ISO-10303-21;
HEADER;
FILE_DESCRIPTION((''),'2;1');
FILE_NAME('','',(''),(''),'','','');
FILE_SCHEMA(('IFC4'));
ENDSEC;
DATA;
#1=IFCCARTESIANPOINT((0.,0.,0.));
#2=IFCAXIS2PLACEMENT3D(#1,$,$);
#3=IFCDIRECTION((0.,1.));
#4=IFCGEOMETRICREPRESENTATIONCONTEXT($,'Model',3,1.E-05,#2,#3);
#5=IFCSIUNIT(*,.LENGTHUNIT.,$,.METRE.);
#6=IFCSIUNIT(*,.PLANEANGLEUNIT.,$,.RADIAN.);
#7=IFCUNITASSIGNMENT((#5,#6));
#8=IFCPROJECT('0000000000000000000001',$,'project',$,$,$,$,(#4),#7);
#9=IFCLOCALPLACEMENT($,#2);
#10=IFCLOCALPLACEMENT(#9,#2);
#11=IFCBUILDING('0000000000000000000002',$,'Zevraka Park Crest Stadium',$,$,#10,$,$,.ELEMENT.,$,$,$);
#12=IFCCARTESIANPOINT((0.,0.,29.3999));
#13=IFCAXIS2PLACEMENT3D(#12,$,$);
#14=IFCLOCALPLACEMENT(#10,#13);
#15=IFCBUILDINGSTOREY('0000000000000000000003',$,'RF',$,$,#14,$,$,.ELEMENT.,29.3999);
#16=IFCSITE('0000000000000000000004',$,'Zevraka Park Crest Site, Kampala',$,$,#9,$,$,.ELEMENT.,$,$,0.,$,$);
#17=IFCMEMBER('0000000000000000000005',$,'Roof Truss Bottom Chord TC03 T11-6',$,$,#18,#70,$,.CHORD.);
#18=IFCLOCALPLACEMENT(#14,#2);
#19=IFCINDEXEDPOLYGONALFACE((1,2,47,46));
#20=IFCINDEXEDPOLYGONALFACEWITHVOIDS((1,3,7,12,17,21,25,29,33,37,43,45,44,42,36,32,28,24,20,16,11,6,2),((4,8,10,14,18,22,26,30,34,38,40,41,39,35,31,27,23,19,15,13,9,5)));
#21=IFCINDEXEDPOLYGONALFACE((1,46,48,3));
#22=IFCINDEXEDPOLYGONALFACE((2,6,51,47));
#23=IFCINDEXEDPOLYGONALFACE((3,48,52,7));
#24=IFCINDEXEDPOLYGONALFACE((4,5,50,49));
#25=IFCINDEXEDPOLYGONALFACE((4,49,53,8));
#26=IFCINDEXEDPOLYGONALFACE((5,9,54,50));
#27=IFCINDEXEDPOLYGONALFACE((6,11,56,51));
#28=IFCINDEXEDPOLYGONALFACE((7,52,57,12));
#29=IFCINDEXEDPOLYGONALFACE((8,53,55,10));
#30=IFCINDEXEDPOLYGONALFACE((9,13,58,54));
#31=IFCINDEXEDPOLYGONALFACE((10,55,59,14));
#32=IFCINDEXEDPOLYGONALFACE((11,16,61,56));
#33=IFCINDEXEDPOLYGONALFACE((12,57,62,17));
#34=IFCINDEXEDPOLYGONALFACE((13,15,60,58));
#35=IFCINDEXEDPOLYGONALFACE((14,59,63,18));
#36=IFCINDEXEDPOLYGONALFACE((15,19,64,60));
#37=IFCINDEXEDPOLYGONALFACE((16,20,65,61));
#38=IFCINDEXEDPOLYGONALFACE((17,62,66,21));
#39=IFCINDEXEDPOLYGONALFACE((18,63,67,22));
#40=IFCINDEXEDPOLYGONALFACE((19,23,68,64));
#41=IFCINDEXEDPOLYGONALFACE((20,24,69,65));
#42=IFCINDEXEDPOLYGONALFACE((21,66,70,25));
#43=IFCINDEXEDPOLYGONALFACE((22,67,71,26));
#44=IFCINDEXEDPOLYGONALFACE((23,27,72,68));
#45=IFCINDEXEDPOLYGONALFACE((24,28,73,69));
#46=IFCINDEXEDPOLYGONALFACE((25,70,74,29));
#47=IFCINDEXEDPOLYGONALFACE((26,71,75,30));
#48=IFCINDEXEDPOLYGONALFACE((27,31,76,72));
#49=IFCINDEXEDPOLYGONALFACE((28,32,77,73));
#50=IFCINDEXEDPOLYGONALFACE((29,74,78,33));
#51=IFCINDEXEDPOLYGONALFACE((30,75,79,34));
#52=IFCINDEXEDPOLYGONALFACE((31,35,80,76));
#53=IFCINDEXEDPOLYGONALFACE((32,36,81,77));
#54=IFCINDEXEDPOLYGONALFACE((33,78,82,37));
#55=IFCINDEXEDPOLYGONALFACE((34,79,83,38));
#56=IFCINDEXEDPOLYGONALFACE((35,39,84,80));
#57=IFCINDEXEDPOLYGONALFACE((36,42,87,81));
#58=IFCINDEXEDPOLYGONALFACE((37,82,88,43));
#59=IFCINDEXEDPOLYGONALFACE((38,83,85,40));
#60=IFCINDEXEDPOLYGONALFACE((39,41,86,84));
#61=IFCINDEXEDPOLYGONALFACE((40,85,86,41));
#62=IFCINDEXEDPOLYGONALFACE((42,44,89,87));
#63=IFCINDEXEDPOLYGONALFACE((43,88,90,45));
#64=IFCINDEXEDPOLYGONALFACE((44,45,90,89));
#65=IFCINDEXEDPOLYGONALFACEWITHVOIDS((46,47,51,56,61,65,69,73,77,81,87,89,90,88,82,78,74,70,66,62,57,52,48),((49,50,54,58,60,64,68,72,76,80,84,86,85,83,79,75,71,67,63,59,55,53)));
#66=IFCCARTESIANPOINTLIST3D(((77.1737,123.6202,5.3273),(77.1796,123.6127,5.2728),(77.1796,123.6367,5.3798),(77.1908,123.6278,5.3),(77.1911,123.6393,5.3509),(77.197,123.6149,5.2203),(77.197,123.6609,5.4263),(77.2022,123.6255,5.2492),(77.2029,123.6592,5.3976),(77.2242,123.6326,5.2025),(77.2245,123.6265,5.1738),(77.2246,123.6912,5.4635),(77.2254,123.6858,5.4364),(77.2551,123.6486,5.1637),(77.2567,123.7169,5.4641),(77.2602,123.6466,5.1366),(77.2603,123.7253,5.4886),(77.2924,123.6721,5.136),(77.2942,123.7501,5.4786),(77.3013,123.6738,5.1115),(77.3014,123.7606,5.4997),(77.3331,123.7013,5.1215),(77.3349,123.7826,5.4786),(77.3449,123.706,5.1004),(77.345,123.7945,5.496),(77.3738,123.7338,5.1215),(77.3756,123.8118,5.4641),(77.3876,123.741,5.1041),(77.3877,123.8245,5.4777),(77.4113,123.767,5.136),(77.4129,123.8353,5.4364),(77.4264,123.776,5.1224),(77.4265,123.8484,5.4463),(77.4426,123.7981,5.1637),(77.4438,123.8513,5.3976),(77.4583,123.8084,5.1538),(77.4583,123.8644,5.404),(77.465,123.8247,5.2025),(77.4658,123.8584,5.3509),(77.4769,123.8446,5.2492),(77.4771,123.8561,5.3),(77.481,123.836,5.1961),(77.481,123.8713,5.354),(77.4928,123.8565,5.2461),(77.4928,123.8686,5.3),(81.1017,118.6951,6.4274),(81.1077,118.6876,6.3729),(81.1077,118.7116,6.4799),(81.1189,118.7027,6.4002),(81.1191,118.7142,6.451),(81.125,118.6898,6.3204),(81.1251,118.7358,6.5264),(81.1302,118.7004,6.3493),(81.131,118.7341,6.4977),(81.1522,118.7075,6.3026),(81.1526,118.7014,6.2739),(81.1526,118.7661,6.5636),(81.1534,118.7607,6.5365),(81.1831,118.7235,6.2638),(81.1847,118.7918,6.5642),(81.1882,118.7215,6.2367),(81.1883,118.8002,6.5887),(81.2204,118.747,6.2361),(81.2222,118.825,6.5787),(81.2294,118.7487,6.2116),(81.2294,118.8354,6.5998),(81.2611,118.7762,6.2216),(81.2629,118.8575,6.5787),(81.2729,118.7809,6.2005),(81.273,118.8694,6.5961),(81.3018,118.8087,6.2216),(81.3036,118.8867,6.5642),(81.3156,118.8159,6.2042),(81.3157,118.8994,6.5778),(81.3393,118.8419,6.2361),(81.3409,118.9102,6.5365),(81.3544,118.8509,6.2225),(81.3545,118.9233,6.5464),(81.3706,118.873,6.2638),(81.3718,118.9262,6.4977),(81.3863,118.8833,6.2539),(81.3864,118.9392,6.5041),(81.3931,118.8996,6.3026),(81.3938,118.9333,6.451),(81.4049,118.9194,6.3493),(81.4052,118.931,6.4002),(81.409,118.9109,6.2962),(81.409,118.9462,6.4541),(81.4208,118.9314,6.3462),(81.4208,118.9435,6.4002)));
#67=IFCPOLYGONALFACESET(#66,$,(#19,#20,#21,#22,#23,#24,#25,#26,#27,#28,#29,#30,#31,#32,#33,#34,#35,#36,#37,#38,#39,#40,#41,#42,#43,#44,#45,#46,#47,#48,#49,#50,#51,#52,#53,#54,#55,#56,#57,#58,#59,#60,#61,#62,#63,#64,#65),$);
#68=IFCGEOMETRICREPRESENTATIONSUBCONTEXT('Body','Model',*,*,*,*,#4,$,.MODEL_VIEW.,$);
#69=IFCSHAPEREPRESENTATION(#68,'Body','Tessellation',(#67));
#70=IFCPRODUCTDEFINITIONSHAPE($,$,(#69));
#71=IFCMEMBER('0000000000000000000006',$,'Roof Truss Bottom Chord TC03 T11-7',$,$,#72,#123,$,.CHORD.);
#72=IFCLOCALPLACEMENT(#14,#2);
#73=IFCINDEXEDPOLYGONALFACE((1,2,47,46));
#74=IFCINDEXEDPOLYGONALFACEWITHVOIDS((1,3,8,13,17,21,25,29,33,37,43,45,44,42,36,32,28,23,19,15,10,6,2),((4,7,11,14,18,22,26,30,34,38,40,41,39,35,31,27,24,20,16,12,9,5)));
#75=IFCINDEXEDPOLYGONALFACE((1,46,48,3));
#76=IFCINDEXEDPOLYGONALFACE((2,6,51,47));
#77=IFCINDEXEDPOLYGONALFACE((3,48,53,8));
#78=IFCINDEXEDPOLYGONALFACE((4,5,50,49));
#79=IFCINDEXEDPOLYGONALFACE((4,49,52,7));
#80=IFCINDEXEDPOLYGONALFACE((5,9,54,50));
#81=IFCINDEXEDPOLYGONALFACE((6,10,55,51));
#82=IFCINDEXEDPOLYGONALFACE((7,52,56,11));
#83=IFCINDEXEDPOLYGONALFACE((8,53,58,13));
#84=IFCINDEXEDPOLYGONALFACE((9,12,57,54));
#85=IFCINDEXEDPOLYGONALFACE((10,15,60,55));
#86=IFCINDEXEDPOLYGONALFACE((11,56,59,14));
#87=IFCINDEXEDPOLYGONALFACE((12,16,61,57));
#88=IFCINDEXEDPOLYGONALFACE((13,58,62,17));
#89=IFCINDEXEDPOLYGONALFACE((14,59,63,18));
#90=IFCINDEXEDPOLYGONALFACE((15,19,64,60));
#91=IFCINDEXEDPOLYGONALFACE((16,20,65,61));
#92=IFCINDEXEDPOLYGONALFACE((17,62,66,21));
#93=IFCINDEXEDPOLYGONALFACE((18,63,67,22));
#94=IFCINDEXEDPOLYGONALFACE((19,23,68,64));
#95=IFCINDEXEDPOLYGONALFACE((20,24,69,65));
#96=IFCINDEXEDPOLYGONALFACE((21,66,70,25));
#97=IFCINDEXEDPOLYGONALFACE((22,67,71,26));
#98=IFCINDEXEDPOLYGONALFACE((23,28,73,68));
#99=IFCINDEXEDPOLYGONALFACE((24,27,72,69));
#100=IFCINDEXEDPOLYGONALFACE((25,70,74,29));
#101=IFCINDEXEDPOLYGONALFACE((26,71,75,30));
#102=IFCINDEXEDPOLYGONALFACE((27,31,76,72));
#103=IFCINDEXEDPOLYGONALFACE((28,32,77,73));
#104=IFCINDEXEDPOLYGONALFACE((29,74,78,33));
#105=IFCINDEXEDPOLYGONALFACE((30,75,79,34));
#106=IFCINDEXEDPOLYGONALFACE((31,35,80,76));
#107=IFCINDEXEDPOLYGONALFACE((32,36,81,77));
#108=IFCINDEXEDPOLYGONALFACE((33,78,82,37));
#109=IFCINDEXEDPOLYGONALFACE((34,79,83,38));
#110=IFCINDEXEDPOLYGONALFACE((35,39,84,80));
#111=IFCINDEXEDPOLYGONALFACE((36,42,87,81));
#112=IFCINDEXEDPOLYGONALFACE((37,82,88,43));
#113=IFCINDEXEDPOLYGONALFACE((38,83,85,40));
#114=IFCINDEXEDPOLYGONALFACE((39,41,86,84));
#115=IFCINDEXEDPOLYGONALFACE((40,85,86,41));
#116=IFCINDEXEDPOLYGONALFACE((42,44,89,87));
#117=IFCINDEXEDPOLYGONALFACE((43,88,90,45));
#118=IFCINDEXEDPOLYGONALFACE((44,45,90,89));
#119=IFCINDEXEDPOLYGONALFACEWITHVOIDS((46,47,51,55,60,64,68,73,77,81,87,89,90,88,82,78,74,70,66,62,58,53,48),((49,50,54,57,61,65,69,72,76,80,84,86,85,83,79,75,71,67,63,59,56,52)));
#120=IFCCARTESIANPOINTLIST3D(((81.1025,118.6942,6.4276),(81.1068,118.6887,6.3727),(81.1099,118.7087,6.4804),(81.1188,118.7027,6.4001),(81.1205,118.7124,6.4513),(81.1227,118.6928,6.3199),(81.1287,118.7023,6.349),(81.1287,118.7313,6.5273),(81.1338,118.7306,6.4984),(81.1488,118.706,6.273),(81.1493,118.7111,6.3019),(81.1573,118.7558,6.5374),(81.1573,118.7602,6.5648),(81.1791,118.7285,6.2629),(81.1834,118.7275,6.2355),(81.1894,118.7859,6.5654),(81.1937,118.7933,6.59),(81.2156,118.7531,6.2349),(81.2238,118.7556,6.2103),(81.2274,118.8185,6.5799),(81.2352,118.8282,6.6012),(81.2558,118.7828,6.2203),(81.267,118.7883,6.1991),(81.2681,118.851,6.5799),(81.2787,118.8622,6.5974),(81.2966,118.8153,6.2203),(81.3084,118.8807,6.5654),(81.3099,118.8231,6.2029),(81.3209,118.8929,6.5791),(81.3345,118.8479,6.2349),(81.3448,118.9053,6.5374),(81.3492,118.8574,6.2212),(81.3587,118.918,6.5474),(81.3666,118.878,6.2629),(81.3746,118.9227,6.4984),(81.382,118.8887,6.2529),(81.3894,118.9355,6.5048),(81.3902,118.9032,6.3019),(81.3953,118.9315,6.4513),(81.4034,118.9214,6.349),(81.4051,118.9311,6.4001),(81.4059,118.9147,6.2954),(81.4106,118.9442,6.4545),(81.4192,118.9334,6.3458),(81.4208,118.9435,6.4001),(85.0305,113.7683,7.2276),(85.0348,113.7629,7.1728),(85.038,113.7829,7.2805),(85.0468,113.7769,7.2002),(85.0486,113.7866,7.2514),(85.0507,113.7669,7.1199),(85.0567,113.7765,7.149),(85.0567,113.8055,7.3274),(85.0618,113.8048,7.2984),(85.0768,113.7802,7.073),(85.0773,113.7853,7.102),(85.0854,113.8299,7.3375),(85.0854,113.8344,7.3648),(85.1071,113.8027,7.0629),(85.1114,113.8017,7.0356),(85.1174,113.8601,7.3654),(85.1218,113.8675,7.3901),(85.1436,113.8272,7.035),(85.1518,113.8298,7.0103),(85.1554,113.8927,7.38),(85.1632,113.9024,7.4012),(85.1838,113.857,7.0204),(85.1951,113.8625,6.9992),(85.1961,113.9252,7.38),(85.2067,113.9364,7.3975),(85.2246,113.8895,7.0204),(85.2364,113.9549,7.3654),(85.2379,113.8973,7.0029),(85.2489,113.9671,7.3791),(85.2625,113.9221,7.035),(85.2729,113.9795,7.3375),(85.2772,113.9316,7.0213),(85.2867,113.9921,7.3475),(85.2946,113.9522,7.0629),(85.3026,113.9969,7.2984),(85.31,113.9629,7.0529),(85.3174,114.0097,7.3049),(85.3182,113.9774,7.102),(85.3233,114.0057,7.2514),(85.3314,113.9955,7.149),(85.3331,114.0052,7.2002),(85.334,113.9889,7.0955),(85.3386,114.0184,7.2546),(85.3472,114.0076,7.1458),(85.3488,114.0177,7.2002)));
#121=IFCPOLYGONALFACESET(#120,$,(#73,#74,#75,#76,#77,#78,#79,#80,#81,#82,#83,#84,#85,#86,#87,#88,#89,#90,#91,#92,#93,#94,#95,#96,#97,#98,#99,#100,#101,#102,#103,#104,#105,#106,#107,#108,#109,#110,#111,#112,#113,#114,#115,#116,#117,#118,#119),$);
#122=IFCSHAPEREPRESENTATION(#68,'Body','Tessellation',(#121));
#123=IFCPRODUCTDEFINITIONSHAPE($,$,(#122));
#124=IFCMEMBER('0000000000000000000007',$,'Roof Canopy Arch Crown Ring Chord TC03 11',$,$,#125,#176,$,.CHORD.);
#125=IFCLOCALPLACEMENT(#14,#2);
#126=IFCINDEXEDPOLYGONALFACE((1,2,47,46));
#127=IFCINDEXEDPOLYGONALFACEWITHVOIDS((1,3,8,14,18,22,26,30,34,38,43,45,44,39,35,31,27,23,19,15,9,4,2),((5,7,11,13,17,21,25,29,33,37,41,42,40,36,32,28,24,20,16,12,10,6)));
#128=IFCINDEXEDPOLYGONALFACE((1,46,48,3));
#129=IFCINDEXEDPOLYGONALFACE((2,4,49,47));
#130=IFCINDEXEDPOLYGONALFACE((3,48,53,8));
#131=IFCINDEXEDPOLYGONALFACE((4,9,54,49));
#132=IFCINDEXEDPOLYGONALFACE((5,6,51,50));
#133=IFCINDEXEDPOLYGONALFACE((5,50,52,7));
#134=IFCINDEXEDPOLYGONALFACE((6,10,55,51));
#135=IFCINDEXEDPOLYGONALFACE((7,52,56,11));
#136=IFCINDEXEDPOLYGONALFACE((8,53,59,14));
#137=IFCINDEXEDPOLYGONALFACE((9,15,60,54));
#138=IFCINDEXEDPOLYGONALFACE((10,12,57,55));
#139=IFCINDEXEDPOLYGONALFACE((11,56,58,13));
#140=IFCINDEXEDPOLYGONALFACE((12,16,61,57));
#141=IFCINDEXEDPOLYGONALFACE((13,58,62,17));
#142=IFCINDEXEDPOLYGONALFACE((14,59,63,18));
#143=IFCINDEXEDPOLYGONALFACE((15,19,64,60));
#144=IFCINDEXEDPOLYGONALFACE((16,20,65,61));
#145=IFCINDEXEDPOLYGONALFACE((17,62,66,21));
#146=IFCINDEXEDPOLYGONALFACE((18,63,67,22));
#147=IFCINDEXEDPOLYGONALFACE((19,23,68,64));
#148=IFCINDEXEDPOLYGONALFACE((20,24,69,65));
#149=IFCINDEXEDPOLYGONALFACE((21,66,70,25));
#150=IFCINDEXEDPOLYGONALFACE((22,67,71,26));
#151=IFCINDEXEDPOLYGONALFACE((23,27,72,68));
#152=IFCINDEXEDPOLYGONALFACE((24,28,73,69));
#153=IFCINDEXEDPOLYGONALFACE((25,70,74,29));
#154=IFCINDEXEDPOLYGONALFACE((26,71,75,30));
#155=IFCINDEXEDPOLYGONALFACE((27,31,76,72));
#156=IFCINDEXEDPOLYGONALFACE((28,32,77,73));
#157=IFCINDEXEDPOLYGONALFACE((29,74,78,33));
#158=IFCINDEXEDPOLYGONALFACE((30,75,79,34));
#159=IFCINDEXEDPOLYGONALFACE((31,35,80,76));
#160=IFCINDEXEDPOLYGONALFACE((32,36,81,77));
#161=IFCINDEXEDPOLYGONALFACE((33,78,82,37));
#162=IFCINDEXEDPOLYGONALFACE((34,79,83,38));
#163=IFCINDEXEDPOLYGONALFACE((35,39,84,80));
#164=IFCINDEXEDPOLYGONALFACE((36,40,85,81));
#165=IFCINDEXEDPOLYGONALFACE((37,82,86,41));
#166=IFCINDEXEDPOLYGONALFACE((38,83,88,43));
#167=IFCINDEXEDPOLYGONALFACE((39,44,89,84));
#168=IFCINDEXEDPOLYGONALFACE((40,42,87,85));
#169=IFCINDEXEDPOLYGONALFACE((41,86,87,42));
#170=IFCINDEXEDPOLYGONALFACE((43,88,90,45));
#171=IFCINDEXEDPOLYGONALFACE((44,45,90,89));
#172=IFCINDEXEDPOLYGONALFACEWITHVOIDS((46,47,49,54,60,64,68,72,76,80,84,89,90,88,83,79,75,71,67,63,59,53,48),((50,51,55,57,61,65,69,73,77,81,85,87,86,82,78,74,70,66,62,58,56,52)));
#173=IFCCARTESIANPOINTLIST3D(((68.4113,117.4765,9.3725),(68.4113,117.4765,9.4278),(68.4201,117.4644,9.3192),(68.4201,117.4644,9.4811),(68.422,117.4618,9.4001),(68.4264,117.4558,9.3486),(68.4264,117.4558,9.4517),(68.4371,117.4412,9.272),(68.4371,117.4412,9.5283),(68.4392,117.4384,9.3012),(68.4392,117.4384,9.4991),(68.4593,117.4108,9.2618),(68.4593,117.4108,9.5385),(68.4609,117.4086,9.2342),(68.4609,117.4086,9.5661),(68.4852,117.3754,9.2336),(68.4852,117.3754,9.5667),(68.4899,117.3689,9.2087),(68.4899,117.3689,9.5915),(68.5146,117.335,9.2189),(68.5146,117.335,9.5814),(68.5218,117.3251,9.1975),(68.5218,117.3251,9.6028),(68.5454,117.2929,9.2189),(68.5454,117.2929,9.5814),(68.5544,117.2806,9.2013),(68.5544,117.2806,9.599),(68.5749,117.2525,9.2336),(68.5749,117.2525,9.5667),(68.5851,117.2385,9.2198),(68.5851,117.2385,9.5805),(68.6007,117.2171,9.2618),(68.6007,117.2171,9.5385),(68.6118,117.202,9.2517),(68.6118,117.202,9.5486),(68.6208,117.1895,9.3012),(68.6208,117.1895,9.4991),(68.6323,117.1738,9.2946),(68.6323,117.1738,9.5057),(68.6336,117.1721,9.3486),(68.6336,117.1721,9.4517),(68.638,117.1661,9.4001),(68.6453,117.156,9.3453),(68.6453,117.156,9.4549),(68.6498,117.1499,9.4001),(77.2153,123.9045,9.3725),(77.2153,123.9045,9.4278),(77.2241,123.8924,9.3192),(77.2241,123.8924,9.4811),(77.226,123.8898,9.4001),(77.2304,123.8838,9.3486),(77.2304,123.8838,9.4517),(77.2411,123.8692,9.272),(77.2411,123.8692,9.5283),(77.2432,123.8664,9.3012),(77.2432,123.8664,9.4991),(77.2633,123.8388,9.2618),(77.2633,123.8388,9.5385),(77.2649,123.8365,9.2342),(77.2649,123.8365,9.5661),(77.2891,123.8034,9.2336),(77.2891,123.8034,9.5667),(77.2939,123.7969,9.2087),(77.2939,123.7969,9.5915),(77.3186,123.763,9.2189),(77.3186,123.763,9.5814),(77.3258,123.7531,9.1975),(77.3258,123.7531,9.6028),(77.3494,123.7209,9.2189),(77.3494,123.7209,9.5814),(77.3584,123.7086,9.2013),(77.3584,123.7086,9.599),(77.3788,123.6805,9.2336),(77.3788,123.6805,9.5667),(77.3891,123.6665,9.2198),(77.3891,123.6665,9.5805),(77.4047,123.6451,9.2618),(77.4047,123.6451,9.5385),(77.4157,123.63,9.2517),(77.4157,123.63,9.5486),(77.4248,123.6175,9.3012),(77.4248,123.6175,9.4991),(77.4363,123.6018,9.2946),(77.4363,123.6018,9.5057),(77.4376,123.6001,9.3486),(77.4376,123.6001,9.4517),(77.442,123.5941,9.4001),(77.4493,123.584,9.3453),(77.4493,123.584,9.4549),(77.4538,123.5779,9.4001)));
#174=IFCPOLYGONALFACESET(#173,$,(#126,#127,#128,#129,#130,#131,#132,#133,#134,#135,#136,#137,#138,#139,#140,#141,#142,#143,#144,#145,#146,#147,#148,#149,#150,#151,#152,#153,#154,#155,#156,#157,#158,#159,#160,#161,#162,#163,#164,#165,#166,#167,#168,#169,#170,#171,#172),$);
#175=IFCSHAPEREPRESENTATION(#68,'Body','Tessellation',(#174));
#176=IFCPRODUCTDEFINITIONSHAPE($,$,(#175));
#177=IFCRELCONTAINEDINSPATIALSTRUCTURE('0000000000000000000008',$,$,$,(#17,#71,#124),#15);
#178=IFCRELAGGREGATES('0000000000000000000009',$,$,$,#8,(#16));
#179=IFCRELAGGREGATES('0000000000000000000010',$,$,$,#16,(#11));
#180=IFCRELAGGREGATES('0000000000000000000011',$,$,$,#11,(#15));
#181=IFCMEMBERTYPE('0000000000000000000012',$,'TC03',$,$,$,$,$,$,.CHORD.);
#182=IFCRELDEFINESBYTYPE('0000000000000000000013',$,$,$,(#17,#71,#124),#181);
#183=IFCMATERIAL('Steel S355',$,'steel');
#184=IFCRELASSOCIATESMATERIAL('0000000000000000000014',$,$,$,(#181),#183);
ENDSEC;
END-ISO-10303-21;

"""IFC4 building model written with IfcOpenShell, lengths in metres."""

from ifc_helpers import new_model, si_unit, direction, frame, origin, origin_2d, place, context, subcontext, project, spatial, hollow_circle, extrude, material, material_profile, profile_set, type_object, element, save


model = new_model("IFC4")

# Units and contexts
model_context = context("Model", 3, precision=1e-05, world=origin(), true_north=direction((0.0, 1.0)))
body_context = subcontext(model_context, "Body", "Model", "MODEL_VIEW")
ifc_project = project(units=[si_unit("LENGTHUNIT", "METRE"), si_unit("PLANEANGLEUNIT", "RADIAN")], contexts=[model_context])

# Site, building, storey
site_placement = place(None, origin())
site = spatial("IfcSite", under=ifc_project, at=site_placement, Name="Zevraka Park Crest Site, Kampala", CompositionType="ELEMENT", RefElevation=0.0)
building_placement = place(site_placement, origin())
building = spatial("IfcBuilding", under=site, at=building_placement, Name="Zevraka Park Crest Stadium", CompositionType="ELEMENT")
storey_placement = place(building_placement, frame((0.0, 0.0, 29.3999)))
storey = spatial("IfcBuildingStorey", under=building, at=storey_placement, Name="RF", CompositionType="ELEMENT", Elevation=29.3999)

# Members
ifc_material_1 = material(Name="Steel S355", Category="steel")
ifc_material_profile_1 = material_profile(ifc_material_1, hollow_circle(Radius=0.2031, WallThickness=0.02, at=origin_2d()), Name="CHS 406.4x20")
ifc_profile_set_1 = profile_set([ifc_material_profile_1], Name="Steel S355")
member_type_1 = type_object("IfcMemberType", Name="TC03", PredefinedType="CHORD", material=ifc_profile_set_1)
member_1_placement = place(storey_placement, frame((77.334, 123.7419, 5.3), z_axis=(0.614232, -0.770147, 0.172026), x_axis=(0.781802, 0.623527, 0.0)))
element("IfcMember", 1, at=member_1_placement, inside=storey, type_object=member_type_1, Name="Roof Truss Bottom Chord TC03 T11-6", PredefinedType="CHORD", context=body_context, shape_type="SweptSolid", body=[
    extrude(hollow_circle(Radius=0.2031, WallThickness=0.02, at=origin_2d()), origin(), (0.0, 0.0, 1.0), 6.395),
])
member_2_placement = place(storey_placement, frame((81.262, 118.8169, 6.4001), z_axis=(0.618503, -0.775618, 0.125976), x_axis=(0.781847, 0.62347, 0.0)))
element("IfcMember", 2, at=member_2_placement, inside=storey, type_object=member_type_1, Name="Roof Truss Bottom Chord TC03 T11-7", PredefinedType="CHORD", context=body_context, shape_type="SweptSolid", body=[
    extrude(hollow_circle(Radius=0.2031, WallThickness=0.02, at=origin_2d()), origin(), (0.0, 0.0, 1.0), 6.3508),
])
member_3_placement = place(storey_placement, frame((77.334, 123.7419, 9.4001), z_axis=(-0.807639, -0.589677, 0.0), x_axis=(0.589677, -0.807639, 0.0)))
element("IfcMember", 3, at=member_3_placement, inside=storey, type_object=member_type_1, Name="Roof Canopy Arch Crown Ring Chord TC03 11", PredefinedType="CHORD", context=body_context, shape_type="SweptSolid", body=[
    extrude(hollow_circle(Radius=0.2031, WallThickness=0.02, at=origin_2d()), origin(), (0.0, 0.0, 1.0), 10.9009),
])

save(model, "model.ifc")
